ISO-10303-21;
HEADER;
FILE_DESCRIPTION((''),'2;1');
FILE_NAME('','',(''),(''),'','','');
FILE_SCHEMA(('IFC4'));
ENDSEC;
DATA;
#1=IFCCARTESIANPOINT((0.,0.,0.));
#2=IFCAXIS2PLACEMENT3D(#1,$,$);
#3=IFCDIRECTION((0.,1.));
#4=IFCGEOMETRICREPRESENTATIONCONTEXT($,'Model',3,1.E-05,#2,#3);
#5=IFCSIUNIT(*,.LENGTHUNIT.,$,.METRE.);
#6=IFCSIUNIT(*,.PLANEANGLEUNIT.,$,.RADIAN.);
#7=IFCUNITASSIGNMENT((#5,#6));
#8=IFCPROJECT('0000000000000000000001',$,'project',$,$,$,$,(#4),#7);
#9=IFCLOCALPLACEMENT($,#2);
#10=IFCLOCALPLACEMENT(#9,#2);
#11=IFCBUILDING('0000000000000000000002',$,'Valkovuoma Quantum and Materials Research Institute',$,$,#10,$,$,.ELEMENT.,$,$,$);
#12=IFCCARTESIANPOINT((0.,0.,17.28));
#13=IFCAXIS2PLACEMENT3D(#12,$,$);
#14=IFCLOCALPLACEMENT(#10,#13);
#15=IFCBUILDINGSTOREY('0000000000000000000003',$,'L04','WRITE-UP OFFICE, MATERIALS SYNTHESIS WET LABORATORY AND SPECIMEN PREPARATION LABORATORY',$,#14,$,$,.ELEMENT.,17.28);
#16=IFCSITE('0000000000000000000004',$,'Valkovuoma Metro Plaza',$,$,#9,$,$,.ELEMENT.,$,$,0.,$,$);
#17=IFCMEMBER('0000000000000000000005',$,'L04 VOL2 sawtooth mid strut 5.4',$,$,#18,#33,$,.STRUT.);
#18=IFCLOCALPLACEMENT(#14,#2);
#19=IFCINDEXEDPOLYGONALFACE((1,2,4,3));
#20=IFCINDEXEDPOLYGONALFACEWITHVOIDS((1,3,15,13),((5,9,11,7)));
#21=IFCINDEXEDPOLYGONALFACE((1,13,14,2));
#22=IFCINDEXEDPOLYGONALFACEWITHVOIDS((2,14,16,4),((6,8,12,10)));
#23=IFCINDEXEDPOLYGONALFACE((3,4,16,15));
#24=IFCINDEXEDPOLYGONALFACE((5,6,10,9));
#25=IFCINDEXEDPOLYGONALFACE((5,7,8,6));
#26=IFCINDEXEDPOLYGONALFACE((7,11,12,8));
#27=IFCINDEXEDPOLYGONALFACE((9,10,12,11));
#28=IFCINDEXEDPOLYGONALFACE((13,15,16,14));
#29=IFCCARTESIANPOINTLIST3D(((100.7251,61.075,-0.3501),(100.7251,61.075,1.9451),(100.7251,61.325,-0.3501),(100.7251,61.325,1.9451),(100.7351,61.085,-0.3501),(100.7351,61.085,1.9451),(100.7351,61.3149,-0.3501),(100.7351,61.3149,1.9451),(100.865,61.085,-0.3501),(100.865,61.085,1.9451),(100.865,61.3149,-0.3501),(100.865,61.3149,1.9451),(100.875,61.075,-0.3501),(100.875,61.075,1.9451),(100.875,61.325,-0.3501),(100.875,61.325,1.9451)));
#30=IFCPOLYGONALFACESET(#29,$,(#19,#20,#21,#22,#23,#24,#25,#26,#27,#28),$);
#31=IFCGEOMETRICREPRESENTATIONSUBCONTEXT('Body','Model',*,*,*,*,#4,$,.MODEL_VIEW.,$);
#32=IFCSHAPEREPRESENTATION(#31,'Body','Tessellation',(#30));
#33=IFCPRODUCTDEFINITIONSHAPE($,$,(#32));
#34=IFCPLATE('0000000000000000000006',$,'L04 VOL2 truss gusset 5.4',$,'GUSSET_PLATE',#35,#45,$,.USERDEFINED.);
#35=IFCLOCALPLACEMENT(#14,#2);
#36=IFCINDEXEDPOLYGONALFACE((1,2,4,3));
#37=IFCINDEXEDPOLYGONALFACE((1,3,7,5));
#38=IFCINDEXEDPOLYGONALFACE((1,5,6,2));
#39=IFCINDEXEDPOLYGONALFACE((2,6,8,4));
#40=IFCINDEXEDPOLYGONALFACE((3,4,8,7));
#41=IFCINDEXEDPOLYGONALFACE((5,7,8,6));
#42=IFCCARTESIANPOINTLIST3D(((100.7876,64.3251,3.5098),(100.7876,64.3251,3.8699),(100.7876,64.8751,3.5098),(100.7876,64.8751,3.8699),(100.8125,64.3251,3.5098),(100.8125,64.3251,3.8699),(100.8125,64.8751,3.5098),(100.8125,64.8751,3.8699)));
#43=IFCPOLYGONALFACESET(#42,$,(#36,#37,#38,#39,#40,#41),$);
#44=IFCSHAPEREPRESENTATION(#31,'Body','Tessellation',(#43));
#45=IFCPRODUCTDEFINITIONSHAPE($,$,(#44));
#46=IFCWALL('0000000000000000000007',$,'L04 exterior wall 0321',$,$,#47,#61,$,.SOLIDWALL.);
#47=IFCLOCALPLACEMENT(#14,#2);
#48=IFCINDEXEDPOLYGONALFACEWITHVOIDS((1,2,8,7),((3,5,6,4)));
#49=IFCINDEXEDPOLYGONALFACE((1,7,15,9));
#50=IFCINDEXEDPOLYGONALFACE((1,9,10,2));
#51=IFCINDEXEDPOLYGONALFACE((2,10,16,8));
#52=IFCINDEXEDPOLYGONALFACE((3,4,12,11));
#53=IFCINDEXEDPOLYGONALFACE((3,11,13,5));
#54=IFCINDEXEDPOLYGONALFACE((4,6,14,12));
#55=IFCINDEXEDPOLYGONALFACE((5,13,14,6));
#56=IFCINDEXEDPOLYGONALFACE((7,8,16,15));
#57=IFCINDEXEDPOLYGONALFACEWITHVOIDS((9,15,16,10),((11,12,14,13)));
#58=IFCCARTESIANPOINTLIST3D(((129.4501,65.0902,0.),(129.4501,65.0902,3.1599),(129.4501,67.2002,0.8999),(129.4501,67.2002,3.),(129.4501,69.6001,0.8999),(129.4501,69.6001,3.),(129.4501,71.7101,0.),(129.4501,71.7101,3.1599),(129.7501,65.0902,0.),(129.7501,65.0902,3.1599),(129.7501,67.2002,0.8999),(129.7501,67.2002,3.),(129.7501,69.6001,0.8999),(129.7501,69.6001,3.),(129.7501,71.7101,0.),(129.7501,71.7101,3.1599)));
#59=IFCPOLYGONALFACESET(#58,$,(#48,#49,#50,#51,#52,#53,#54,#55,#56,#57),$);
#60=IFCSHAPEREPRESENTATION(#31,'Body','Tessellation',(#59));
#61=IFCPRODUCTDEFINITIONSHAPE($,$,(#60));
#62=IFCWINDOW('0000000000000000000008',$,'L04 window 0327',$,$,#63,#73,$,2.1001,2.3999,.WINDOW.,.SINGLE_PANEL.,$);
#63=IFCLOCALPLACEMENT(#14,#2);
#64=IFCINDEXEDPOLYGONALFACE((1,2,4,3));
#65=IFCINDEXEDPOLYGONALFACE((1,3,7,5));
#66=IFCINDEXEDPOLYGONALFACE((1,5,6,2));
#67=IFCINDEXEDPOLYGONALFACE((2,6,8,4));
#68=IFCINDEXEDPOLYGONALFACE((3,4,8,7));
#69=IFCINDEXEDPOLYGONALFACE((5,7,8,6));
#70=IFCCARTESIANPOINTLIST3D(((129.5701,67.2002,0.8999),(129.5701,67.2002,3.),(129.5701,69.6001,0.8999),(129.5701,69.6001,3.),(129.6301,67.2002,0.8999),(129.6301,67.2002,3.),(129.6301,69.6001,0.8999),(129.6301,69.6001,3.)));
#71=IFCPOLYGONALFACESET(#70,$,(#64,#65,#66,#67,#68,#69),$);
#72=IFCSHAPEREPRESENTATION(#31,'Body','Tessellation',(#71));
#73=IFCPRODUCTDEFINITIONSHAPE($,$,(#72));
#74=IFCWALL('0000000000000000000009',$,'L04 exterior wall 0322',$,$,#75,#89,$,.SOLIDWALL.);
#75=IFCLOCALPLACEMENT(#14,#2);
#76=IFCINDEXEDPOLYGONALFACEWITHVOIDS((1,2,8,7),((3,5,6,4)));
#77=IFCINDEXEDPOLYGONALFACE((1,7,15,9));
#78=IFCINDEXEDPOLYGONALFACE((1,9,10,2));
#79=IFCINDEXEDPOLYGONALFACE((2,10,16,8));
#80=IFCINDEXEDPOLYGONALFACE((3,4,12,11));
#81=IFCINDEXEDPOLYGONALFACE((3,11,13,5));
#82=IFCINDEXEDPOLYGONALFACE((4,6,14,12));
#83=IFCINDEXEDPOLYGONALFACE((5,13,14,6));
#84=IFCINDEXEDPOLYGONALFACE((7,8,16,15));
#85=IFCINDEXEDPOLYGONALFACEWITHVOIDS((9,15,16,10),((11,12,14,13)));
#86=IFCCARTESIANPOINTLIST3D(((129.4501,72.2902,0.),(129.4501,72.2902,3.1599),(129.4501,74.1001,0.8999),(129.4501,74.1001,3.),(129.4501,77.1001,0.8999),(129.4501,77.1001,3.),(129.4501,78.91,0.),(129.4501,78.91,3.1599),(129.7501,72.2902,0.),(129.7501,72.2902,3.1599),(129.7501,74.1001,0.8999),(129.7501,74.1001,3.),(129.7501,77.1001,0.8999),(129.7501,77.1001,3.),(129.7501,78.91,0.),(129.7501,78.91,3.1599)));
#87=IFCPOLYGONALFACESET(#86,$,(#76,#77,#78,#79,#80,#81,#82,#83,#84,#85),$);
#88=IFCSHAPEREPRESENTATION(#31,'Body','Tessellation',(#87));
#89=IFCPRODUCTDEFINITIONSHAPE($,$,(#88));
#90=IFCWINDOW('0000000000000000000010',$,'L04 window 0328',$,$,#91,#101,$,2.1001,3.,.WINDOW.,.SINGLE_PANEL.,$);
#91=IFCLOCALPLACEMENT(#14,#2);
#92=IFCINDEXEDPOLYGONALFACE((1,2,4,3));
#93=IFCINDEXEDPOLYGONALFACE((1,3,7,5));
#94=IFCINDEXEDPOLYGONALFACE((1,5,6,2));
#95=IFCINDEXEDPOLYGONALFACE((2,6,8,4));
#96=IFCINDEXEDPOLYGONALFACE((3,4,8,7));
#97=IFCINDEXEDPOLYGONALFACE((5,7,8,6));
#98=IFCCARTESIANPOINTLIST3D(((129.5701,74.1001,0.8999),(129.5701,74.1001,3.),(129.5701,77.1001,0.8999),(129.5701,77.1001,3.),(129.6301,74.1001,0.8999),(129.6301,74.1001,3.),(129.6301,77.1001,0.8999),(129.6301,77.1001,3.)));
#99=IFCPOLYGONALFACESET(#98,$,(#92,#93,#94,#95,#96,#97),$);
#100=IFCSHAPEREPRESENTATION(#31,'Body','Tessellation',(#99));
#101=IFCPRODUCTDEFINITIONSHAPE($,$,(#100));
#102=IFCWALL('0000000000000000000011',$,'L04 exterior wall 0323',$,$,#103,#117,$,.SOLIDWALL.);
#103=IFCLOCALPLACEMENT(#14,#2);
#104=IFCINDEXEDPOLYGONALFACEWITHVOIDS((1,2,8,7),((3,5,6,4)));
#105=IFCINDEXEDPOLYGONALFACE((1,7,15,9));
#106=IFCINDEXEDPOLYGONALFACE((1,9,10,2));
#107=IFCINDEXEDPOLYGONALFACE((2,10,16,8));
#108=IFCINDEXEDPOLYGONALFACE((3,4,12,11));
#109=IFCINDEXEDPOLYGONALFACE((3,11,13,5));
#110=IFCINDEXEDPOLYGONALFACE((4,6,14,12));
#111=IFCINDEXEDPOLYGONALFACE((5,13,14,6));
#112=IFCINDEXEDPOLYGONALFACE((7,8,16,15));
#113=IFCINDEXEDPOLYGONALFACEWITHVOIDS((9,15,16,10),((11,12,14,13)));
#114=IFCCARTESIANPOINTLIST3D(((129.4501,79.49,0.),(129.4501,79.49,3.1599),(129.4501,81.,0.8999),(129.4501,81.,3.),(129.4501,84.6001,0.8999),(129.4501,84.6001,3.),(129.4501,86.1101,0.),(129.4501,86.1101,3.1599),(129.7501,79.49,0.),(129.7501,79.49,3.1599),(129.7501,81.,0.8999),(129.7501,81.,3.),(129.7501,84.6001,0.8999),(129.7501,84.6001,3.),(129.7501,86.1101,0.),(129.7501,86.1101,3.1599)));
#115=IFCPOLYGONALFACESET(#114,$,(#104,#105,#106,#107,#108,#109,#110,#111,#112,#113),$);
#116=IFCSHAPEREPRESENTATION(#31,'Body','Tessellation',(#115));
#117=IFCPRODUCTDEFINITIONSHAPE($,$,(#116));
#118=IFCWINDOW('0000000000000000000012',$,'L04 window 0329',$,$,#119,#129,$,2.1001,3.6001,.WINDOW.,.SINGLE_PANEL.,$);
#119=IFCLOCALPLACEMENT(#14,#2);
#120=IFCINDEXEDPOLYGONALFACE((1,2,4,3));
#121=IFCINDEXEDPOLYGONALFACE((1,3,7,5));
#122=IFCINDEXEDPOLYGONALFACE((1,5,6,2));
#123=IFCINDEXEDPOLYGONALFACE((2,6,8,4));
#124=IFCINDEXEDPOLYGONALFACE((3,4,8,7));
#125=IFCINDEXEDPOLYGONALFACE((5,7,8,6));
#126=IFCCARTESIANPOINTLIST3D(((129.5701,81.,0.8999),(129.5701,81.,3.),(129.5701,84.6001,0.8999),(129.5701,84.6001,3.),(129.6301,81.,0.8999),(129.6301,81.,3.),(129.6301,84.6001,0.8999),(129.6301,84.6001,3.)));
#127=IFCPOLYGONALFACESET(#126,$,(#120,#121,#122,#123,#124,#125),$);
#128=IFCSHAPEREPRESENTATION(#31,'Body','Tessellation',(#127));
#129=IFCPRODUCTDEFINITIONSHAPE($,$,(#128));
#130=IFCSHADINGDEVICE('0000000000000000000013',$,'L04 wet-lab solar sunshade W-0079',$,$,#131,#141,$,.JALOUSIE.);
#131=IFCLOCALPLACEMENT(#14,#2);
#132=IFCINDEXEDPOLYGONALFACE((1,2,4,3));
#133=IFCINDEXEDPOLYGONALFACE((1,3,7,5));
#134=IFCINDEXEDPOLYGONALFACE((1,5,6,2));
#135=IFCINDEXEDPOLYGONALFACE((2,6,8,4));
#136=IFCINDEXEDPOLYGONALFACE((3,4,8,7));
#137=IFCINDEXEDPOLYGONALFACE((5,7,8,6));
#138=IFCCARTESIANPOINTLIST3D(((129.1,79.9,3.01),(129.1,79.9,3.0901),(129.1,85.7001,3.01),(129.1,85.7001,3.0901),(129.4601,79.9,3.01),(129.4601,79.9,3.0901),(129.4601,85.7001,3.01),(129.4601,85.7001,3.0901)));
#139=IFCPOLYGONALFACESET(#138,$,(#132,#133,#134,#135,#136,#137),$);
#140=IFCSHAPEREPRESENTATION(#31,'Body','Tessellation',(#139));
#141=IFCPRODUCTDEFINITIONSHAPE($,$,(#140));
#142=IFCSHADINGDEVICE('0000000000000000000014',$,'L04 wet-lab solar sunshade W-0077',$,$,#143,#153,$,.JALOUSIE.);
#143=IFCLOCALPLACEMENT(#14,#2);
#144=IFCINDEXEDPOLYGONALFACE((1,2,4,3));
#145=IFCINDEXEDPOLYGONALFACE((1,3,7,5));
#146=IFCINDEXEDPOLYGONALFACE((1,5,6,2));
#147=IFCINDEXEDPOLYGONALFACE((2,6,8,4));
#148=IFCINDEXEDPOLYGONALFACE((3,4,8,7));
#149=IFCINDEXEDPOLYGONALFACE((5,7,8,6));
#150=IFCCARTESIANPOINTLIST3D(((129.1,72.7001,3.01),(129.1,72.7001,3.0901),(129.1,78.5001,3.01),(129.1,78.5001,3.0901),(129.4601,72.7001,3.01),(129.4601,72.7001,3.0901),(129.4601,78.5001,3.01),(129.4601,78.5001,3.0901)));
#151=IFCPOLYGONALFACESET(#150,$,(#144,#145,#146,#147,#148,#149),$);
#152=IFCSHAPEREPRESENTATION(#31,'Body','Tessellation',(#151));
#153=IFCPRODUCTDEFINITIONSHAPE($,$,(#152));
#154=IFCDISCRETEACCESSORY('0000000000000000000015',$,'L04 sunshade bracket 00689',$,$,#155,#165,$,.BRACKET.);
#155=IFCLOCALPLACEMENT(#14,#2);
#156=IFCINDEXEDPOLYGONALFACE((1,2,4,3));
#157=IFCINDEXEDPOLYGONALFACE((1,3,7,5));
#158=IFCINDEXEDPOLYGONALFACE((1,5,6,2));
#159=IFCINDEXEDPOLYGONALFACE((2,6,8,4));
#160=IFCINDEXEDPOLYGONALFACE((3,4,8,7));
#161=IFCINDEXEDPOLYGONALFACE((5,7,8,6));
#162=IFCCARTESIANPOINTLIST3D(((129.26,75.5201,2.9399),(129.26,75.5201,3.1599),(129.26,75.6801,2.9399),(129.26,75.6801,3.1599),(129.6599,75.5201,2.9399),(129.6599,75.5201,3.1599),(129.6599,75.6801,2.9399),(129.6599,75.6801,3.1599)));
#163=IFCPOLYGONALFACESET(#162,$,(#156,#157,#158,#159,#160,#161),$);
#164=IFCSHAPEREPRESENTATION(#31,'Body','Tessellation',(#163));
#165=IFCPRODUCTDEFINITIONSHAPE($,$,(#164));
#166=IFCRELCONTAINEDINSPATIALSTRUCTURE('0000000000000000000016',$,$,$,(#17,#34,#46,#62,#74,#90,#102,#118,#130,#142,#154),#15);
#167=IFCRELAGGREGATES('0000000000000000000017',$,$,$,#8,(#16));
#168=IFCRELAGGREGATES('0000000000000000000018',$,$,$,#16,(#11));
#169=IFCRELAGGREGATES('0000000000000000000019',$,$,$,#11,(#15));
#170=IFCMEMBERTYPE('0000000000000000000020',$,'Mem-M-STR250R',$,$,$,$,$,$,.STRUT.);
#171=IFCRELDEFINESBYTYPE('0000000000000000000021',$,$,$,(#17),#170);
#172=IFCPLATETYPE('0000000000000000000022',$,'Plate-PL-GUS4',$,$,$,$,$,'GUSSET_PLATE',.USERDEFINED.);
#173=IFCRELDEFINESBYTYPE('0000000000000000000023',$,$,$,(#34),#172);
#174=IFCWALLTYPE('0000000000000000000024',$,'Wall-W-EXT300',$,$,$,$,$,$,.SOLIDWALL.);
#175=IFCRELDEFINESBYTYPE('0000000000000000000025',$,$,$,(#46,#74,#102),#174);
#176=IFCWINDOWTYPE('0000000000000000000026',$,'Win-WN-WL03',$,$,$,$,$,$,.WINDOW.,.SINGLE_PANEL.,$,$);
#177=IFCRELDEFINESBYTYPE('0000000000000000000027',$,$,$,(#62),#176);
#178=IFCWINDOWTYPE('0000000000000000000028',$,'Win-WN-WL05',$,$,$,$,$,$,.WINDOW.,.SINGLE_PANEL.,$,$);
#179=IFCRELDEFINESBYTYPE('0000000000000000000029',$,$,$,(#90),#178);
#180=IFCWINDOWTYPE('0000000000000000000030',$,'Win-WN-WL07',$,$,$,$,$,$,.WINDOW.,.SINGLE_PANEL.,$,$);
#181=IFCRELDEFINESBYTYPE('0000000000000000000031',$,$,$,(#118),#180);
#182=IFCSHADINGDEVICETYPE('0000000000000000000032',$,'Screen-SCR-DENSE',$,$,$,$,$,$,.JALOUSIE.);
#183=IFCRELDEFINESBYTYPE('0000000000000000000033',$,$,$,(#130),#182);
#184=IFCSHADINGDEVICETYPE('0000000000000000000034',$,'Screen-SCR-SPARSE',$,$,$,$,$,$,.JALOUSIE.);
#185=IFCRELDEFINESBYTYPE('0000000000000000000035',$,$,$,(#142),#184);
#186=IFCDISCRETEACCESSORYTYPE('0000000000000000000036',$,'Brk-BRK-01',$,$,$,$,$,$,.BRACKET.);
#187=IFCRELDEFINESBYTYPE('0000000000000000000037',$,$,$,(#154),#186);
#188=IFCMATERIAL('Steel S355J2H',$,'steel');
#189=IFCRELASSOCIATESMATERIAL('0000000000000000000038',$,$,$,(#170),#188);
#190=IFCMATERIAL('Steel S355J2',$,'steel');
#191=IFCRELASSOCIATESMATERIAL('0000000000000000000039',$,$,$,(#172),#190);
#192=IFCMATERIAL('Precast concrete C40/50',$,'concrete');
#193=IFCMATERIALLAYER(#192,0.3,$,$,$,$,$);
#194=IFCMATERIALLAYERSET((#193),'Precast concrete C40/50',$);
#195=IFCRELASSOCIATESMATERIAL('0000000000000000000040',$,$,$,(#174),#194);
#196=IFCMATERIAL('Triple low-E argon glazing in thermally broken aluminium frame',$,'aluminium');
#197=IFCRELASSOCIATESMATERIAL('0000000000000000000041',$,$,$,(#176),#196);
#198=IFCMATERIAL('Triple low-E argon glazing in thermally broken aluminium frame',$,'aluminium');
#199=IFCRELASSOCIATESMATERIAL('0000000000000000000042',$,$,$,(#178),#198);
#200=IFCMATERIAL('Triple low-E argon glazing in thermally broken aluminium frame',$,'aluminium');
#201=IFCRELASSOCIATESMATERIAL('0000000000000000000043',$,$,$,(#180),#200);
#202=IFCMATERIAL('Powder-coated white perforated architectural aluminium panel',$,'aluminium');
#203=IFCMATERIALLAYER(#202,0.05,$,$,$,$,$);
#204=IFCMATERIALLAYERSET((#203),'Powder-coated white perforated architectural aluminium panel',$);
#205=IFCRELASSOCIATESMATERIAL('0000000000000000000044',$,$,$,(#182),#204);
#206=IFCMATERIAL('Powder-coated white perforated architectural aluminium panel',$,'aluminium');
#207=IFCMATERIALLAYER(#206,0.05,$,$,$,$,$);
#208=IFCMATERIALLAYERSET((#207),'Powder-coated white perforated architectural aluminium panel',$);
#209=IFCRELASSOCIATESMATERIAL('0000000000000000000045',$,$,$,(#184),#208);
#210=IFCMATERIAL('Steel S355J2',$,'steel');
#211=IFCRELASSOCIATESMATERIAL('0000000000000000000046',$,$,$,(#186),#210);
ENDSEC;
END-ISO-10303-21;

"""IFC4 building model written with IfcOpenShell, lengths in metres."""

from ifc_helpers import new_model, si_unit, direction, frame, frame_2d, origin, origin_2d, place, context, subcontext, project, spatial, rectangle, hollow_rectangle, extrude, material, layer, layer_set, material_profile, profile_set, type_object, element, fill, save


model = new_model("IFC4")

# Units and contexts
model_context = context("Model", 3, precision=1e-05, world=origin(), true_north=direction((0.0, 1.0)))
body_context = subcontext(model_context, "Body", "Model", "MODEL_VIEW")
ifc_project = project(units=[si_unit("LENGTHUNIT", "METRE"), si_unit("PLANEANGLEUNIT", "RADIAN")], contexts=[model_context])

# Site, building, storey
site_placement = place(None, origin())
site = spatial("IfcSite", under=ifc_project, at=site_placement, Name="Valkovuoma Metro Plaza", CompositionType="ELEMENT", RefElevation=0.0)
building_placement = place(site_placement, origin())
building = spatial("IfcBuilding", under=site, at=building_placement, Name="Valkovuoma Quantum and Materials Research Institute", CompositionType="ELEMENT")
storey_placement = place(building_placement, frame((0.0, 0.0, 17.28)))
storey = spatial("IfcBuildingStorey", under=building, at=storey_placement, Name="L04", Description="WRITE-UP OFFICE, MATERIALS SYNTHESIS WET LABORATORY AND SPECIMEN PREPARATION LABORATORY", CompositionType="ELEMENT", Elevation=17.28)

# Member
ifc_material_1 = material(Name="Steel S355J2H", Category="steel")
ifc_material_profile_1 = material_profile(ifc_material_1, hollow_rectangle(XDim=0.1499, YDim=0.25, WallThickness=0.01, at=origin_2d()), Name="Steel S355J2H")
ifc_profile_set_1 = profile_set([ifc_material_profile_1], Name="Steel S355J2H")
member_type_1 = type_object("IfcMemberType", Name="Mem-M-STR250R", PredefinedType="STRUT", material=ifc_profile_set_1)
member_1_placement = place(storey_placement, frame((100.8, 61.2, -0.3501), z_axis=(0.0, 0.0, 1.0), x_axis=(1.0, 0.0, 0.0)))
element("IfcMember", 1, at=member_1_placement, inside=storey, type_object=member_type_1, Name="L04 VOL2 sawtooth mid strut 5.4", PredefinedType="STRUT", context=body_context, shape_type="SweptSolid", body=[
    extrude(hollow_rectangle(XDim=0.1499, YDim=0.25, WallThickness=0.01, at=origin_2d()), origin(), (0.0, 0.0, 1.0), 2.2952),
])

# Plate
ifc_material_2 = material(Name="Steel S355J2", Category="steel")
plate_type = type_object("IfcPlateType", Name="Plate-PL-GUS4", ElementType="GUSSET_PLATE", PredefinedType="USERDEFINED", material=ifc_material_2)
plate_placement = place(storey_placement, frame((100.8, 64.6001, 3.5098), z_axis=(0.0, 0.0, 1.0), x_axis=(0.0, 1.0, 0.0)))
element("IfcPlate", 2, at=plate_placement, inside=storey, type_object=plate_type, Name="L04 VOL2 truss gusset 5.4", ObjectType="GUSSET_PLATE", PredefinedType="USERDEFINED", context=body_context, shape_type="SweptSolid", body=[
    extrude(rectangle(XDim=0.55, YDim=0.0249, at=origin_2d()), origin(), (0.0, 0.0, 1.0), 0.3601),
])

# Walls, openings, windows
ifc_material_3 = material(Name="Precast concrete C40/50", Category="concrete")
ifc_layer_1 = layer(ifc_material_3, 0.3)
ifc_layer_set_1 = layer_set([ifc_layer_1], Name="Precast concrete C40/50")
wall_type = type_object("IfcWallType", Name="Wall-W-EXT300", PredefinedType="SOLIDWALL", material=ifc_layer_set_1)
wall_1_placement = place(storey_placement, frame((129.6001, 65.0901, 0.0), z_axis=(0.0, 0.0, 1.0), x_axis=(0.0, 1.0, 0.0)))
wall_1 = element("IfcWall", 3, at=wall_1_placement, inside=storey, type_object=wall_type, Name="L04 exterior wall 0321", PredefinedType="SOLIDWALL", context=body_context, shape_type="SweptSolid", body=[
    extrude(rectangle(XDim=6.6199, YDim=0.3, at=frame_2d((3.3101, 0.0))), origin(), (0.0, 0.0, 1.0), 3.1599),
])
opening_1_placement = place(wall_1_placement, frame((2.1101, 0.0, 0.8999)))
opening_1 = element("IfcOpeningElement", 4, at=opening_1_placement, cuts=wall_1, PredefinedType="OPENING", context=body_context, shape_type="SweptSolid", body=[
    extrude(rectangle(XDim=2.3999, YDim=2.1001, at=frame_2d((1.2, 1.05))), frame((0.0, 0.1602, 0.0), z_axis=(0.0, -1.0, 0.0), x_axis=(1.0, 0.0, 0.0)), (0.0, 0.0, 1.0), 0.3201),
])
ifc_material_4 = material(Name="Triple low-E argon glazing in thermally broken aluminium frame", Category="aluminium")
window_type_1 = type_object("IfcWindowType", Name="Win-WN-WL03", PartitioningType="SINGLE_PANEL", PredefinedType="WINDOW", material=ifc_material_4)
window_1_placement = place(opening_1_placement, origin())
window_1 = element("IfcWindow", 5, at=window_1_placement, inside=storey, type_object=window_type_1, Name="L04 window 0327", OverallHeight=2.1001, OverallWidth=2.3999, PartitioningType="SINGLE_PANEL", PredefinedType="WINDOW", context=body_context, shape_type="SweptSolid", body=[
    extrude(rectangle(XDim=2.3999, YDim=2.1001, at=frame_2d((1.2, 1.05))), frame((0.0, 0.03, 0.0), z_axis=(0.0, -1.0, 0.0), x_axis=(1.0, 0.0, 0.0)), (0.0, 0.0, 1.0), 0.0601),
])
fill(opening_1, window_1)
wall_2_placement = place(storey_placement, frame((129.6001, 72.29, 0.0), z_axis=(0.0, 0.0, 1.0), x_axis=(0.0, 1.0, 0.0)))
wall_2 = element("IfcWall", 6, at=wall_2_placement, inside=storey, type_object=wall_type, Name="L04 exterior wall 0322", PredefinedType="SOLIDWALL", context=body_context, shape_type="SweptSolid", body=[
    extrude(rectangle(XDim=6.6199, YDim=0.3, at=frame_2d((3.3101, 0.0))), origin(), (0.0, 0.0, 1.0), 3.1599),
])
opening_2_placement = place(wall_2_placement, frame((1.8101, 0.0, 0.8999)))
opening_2 = element("IfcOpeningElement", 7, at=opening_2_placement, cuts=wall_2, PredefinedType="OPENING", context=body_context, shape_type="SweptSolid", body=[
    extrude(rectangle(XDim=3.0, YDim=2.1001, at=frame_2d((1.5, 1.05))), frame((0.0, 0.1602, 0.0), z_axis=(0.0, -1.0, 0.0), x_axis=(1.0, 0.0, 0.0)), (0.0, 0.0, 1.0), 0.3201),
])
ifc_material_5 = material(Name="Triple low-E argon glazing in thermally broken aluminium frame", Category="aluminium")
window_type_2 = type_object("IfcWindowType", Name="Win-WN-WL05", PartitioningType="SINGLE_PANEL", PredefinedType="WINDOW", material=ifc_material_5)
window_2_placement = place(opening_2_placement, origin())
window_2 = element("IfcWindow", 8, at=window_2_placement, inside=storey, type_object=window_type_2, Name="L04 window 0328", OverallHeight=2.1001, OverallWidth=3.0, PartitioningType="SINGLE_PANEL", PredefinedType="WINDOW", context=body_context, shape_type="SweptSolid", body=[
    extrude(rectangle(XDim=3.0, YDim=2.1001, at=frame_2d((1.5, 1.05))), frame((0.0, 0.03, 0.0), z_axis=(0.0, -1.0, 0.0), x_axis=(1.0, 0.0, 0.0)), (0.0, 0.0, 1.0), 0.0601),
])
fill(opening_2, window_2)
wall_3_placement = place(storey_placement, frame((129.6001, 79.49, 0.0), z_axis=(0.0, 0.0, 1.0), x_axis=(0.0, 1.0, 0.0)))
wall_3 = element("IfcWall", 9, at=wall_3_placement, inside=storey, type_object=wall_type, Name="L04 exterior wall 0323", PredefinedType="SOLIDWALL", context=body_context, shape_type="SweptSolid", body=[
    extrude(rectangle(XDim=6.6201, YDim=0.3, at=frame_2d((3.3101, 0.0))), origin(), (0.0, 0.0, 1.0), 3.1599),
])
opening_3_placement = place(wall_3_placement, frame((1.51, 0.0, 0.8999)))
opening_3 = element("IfcOpeningElement", 10, at=opening_3_placement, cuts=wall_3, PredefinedType="OPENING", context=body_context, shape_type="SweptSolid", body=[
    extrude(rectangle(XDim=3.6001, YDim=2.1001, at=frame_2d((1.8, 1.05))), frame((0.0, 0.1602, 0.0), z_axis=(0.0, -1.0, 0.0), x_axis=(1.0, 0.0, 0.0)), (0.0, 0.0, 1.0), 0.3201),
])
ifc_material_6 = material(Name="Triple low-E argon glazing in thermally broken aluminium frame", Category="aluminium")
window_type_3 = type_object("IfcWindowType", Name="Win-WN-WL07", PartitioningType="SINGLE_PANEL", PredefinedType="WINDOW", material=ifc_material_6)
window_3_placement = place(opening_3_placement, origin())
window_3 = element("IfcWindow", 11, at=window_3_placement, inside=storey, type_object=window_type_3, Name="L04 window 0329", OverallHeight=2.1001, OverallWidth=3.6001, PartitioningType="SINGLE_PANEL", PredefinedType="WINDOW", context=body_context, shape_type="SweptSolid", body=[
    extrude(rectangle(XDim=3.6001, YDim=2.1001, at=frame_2d((1.8, 1.05))), frame((0.0, 0.03, 0.0), z_axis=(0.0, -1.0, 0.0), x_axis=(1.0, 0.0, 0.0)), (0.0, 0.0, 1.0), 0.0601),
])
fill(opening_3, window_3)

# Shading devices
ifc_material_7 = material(Name="Powder-coated white perforated architectural aluminium panel", Category="aluminium")
ifc_layer_2 = layer(ifc_material_7, 0.05)
ifc_layer_set_2 = layer_set([ifc_layer_2], Name="Powder-coated white perforated architectural aluminium panel")
shading_device_type_1 = type_object("IfcShadingDeviceType", Name="Screen-SCR-DENSE", PredefinedType="JALOUSIE", material=ifc_layer_set_2)
shading_device_1_placement = place(storey_placement, frame((129.28, 82.8, 3.01), z_axis=(0.0, 0.0, 1.0), x_axis=(1.0, 0.0, 0.0)))
element("IfcShadingDevice", 12, at=shading_device_1_placement, inside=storey, type_object=shading_device_type_1, Name="L04 wet-lab solar sunshade W-0079", PredefinedType="JALOUSIE", context=body_context, shape_type="SweptSolid", body=[
    extrude(rectangle(XDim=0.3601, YDim=5.8, at=origin_2d()), origin(), (0.0, 0.0, 1.0), 0.0801),
])
ifc_material_8 = material(Name="Powder-coated white perforated architectural aluminium panel", Category="aluminium")
ifc_layer_3 = layer(ifc_material_8, 0.05)
ifc_layer_set_3 = layer_set([ifc_layer_3], Name="Powder-coated white perforated architectural aluminium panel")
shading_device_type_2 = type_object("IfcShadingDeviceType", Name="Screen-SCR-SPARSE", PredefinedType="JALOUSIE", material=ifc_layer_set_3)
shading_device_2_placement = place(storey_placement, frame((129.28, 75.6001, 3.01), z_axis=(0.0, 0.0, 1.0), x_axis=(1.0, 0.0, 0.0)))
element("IfcShadingDevice", 13, at=shading_device_2_placement, inside=storey, type_object=shading_device_type_2, Name="L04 wet-lab solar sunshade W-0077", PredefinedType="JALOUSIE", context=body_context, shape_type="SweptSolid", body=[
    extrude(rectangle(XDim=0.3601, YDim=5.8, at=origin_2d()), origin(), (0.0, 0.0, 1.0), 0.0801),
])

# Discrete accessory
ifc_material_9 = material(Name="Steel S355J2", Category="steel")
discrete_accessory_type_1 = type_object("IfcDiscreteAccessoryType", Name="Brk-BRK-01", PredefinedType="BRACKET", material=ifc_material_9)
discrete_accessory_placement = place(storey_placement, frame((129.46, 75.6001, 2.9399), z_axis=(0.0, 0.0, 1.0), x_axis=(1.0, 0.0, 0.0)))
element("IfcDiscreteAccessory", 14, at=discrete_accessory_placement, inside=storey, type_object=discrete_accessory_type_1, Name="L04 sunshade bracket 00689", PredefinedType="BRACKET", context=body_context, shape_type="SweptSolid", body=[
    extrude(rectangle(XDim=0.3999, YDim=0.1599, at=origin_2d()), origin(), (0.0, 0.0, 1.0), 0.22),
])

save(model, "model.ifc")
